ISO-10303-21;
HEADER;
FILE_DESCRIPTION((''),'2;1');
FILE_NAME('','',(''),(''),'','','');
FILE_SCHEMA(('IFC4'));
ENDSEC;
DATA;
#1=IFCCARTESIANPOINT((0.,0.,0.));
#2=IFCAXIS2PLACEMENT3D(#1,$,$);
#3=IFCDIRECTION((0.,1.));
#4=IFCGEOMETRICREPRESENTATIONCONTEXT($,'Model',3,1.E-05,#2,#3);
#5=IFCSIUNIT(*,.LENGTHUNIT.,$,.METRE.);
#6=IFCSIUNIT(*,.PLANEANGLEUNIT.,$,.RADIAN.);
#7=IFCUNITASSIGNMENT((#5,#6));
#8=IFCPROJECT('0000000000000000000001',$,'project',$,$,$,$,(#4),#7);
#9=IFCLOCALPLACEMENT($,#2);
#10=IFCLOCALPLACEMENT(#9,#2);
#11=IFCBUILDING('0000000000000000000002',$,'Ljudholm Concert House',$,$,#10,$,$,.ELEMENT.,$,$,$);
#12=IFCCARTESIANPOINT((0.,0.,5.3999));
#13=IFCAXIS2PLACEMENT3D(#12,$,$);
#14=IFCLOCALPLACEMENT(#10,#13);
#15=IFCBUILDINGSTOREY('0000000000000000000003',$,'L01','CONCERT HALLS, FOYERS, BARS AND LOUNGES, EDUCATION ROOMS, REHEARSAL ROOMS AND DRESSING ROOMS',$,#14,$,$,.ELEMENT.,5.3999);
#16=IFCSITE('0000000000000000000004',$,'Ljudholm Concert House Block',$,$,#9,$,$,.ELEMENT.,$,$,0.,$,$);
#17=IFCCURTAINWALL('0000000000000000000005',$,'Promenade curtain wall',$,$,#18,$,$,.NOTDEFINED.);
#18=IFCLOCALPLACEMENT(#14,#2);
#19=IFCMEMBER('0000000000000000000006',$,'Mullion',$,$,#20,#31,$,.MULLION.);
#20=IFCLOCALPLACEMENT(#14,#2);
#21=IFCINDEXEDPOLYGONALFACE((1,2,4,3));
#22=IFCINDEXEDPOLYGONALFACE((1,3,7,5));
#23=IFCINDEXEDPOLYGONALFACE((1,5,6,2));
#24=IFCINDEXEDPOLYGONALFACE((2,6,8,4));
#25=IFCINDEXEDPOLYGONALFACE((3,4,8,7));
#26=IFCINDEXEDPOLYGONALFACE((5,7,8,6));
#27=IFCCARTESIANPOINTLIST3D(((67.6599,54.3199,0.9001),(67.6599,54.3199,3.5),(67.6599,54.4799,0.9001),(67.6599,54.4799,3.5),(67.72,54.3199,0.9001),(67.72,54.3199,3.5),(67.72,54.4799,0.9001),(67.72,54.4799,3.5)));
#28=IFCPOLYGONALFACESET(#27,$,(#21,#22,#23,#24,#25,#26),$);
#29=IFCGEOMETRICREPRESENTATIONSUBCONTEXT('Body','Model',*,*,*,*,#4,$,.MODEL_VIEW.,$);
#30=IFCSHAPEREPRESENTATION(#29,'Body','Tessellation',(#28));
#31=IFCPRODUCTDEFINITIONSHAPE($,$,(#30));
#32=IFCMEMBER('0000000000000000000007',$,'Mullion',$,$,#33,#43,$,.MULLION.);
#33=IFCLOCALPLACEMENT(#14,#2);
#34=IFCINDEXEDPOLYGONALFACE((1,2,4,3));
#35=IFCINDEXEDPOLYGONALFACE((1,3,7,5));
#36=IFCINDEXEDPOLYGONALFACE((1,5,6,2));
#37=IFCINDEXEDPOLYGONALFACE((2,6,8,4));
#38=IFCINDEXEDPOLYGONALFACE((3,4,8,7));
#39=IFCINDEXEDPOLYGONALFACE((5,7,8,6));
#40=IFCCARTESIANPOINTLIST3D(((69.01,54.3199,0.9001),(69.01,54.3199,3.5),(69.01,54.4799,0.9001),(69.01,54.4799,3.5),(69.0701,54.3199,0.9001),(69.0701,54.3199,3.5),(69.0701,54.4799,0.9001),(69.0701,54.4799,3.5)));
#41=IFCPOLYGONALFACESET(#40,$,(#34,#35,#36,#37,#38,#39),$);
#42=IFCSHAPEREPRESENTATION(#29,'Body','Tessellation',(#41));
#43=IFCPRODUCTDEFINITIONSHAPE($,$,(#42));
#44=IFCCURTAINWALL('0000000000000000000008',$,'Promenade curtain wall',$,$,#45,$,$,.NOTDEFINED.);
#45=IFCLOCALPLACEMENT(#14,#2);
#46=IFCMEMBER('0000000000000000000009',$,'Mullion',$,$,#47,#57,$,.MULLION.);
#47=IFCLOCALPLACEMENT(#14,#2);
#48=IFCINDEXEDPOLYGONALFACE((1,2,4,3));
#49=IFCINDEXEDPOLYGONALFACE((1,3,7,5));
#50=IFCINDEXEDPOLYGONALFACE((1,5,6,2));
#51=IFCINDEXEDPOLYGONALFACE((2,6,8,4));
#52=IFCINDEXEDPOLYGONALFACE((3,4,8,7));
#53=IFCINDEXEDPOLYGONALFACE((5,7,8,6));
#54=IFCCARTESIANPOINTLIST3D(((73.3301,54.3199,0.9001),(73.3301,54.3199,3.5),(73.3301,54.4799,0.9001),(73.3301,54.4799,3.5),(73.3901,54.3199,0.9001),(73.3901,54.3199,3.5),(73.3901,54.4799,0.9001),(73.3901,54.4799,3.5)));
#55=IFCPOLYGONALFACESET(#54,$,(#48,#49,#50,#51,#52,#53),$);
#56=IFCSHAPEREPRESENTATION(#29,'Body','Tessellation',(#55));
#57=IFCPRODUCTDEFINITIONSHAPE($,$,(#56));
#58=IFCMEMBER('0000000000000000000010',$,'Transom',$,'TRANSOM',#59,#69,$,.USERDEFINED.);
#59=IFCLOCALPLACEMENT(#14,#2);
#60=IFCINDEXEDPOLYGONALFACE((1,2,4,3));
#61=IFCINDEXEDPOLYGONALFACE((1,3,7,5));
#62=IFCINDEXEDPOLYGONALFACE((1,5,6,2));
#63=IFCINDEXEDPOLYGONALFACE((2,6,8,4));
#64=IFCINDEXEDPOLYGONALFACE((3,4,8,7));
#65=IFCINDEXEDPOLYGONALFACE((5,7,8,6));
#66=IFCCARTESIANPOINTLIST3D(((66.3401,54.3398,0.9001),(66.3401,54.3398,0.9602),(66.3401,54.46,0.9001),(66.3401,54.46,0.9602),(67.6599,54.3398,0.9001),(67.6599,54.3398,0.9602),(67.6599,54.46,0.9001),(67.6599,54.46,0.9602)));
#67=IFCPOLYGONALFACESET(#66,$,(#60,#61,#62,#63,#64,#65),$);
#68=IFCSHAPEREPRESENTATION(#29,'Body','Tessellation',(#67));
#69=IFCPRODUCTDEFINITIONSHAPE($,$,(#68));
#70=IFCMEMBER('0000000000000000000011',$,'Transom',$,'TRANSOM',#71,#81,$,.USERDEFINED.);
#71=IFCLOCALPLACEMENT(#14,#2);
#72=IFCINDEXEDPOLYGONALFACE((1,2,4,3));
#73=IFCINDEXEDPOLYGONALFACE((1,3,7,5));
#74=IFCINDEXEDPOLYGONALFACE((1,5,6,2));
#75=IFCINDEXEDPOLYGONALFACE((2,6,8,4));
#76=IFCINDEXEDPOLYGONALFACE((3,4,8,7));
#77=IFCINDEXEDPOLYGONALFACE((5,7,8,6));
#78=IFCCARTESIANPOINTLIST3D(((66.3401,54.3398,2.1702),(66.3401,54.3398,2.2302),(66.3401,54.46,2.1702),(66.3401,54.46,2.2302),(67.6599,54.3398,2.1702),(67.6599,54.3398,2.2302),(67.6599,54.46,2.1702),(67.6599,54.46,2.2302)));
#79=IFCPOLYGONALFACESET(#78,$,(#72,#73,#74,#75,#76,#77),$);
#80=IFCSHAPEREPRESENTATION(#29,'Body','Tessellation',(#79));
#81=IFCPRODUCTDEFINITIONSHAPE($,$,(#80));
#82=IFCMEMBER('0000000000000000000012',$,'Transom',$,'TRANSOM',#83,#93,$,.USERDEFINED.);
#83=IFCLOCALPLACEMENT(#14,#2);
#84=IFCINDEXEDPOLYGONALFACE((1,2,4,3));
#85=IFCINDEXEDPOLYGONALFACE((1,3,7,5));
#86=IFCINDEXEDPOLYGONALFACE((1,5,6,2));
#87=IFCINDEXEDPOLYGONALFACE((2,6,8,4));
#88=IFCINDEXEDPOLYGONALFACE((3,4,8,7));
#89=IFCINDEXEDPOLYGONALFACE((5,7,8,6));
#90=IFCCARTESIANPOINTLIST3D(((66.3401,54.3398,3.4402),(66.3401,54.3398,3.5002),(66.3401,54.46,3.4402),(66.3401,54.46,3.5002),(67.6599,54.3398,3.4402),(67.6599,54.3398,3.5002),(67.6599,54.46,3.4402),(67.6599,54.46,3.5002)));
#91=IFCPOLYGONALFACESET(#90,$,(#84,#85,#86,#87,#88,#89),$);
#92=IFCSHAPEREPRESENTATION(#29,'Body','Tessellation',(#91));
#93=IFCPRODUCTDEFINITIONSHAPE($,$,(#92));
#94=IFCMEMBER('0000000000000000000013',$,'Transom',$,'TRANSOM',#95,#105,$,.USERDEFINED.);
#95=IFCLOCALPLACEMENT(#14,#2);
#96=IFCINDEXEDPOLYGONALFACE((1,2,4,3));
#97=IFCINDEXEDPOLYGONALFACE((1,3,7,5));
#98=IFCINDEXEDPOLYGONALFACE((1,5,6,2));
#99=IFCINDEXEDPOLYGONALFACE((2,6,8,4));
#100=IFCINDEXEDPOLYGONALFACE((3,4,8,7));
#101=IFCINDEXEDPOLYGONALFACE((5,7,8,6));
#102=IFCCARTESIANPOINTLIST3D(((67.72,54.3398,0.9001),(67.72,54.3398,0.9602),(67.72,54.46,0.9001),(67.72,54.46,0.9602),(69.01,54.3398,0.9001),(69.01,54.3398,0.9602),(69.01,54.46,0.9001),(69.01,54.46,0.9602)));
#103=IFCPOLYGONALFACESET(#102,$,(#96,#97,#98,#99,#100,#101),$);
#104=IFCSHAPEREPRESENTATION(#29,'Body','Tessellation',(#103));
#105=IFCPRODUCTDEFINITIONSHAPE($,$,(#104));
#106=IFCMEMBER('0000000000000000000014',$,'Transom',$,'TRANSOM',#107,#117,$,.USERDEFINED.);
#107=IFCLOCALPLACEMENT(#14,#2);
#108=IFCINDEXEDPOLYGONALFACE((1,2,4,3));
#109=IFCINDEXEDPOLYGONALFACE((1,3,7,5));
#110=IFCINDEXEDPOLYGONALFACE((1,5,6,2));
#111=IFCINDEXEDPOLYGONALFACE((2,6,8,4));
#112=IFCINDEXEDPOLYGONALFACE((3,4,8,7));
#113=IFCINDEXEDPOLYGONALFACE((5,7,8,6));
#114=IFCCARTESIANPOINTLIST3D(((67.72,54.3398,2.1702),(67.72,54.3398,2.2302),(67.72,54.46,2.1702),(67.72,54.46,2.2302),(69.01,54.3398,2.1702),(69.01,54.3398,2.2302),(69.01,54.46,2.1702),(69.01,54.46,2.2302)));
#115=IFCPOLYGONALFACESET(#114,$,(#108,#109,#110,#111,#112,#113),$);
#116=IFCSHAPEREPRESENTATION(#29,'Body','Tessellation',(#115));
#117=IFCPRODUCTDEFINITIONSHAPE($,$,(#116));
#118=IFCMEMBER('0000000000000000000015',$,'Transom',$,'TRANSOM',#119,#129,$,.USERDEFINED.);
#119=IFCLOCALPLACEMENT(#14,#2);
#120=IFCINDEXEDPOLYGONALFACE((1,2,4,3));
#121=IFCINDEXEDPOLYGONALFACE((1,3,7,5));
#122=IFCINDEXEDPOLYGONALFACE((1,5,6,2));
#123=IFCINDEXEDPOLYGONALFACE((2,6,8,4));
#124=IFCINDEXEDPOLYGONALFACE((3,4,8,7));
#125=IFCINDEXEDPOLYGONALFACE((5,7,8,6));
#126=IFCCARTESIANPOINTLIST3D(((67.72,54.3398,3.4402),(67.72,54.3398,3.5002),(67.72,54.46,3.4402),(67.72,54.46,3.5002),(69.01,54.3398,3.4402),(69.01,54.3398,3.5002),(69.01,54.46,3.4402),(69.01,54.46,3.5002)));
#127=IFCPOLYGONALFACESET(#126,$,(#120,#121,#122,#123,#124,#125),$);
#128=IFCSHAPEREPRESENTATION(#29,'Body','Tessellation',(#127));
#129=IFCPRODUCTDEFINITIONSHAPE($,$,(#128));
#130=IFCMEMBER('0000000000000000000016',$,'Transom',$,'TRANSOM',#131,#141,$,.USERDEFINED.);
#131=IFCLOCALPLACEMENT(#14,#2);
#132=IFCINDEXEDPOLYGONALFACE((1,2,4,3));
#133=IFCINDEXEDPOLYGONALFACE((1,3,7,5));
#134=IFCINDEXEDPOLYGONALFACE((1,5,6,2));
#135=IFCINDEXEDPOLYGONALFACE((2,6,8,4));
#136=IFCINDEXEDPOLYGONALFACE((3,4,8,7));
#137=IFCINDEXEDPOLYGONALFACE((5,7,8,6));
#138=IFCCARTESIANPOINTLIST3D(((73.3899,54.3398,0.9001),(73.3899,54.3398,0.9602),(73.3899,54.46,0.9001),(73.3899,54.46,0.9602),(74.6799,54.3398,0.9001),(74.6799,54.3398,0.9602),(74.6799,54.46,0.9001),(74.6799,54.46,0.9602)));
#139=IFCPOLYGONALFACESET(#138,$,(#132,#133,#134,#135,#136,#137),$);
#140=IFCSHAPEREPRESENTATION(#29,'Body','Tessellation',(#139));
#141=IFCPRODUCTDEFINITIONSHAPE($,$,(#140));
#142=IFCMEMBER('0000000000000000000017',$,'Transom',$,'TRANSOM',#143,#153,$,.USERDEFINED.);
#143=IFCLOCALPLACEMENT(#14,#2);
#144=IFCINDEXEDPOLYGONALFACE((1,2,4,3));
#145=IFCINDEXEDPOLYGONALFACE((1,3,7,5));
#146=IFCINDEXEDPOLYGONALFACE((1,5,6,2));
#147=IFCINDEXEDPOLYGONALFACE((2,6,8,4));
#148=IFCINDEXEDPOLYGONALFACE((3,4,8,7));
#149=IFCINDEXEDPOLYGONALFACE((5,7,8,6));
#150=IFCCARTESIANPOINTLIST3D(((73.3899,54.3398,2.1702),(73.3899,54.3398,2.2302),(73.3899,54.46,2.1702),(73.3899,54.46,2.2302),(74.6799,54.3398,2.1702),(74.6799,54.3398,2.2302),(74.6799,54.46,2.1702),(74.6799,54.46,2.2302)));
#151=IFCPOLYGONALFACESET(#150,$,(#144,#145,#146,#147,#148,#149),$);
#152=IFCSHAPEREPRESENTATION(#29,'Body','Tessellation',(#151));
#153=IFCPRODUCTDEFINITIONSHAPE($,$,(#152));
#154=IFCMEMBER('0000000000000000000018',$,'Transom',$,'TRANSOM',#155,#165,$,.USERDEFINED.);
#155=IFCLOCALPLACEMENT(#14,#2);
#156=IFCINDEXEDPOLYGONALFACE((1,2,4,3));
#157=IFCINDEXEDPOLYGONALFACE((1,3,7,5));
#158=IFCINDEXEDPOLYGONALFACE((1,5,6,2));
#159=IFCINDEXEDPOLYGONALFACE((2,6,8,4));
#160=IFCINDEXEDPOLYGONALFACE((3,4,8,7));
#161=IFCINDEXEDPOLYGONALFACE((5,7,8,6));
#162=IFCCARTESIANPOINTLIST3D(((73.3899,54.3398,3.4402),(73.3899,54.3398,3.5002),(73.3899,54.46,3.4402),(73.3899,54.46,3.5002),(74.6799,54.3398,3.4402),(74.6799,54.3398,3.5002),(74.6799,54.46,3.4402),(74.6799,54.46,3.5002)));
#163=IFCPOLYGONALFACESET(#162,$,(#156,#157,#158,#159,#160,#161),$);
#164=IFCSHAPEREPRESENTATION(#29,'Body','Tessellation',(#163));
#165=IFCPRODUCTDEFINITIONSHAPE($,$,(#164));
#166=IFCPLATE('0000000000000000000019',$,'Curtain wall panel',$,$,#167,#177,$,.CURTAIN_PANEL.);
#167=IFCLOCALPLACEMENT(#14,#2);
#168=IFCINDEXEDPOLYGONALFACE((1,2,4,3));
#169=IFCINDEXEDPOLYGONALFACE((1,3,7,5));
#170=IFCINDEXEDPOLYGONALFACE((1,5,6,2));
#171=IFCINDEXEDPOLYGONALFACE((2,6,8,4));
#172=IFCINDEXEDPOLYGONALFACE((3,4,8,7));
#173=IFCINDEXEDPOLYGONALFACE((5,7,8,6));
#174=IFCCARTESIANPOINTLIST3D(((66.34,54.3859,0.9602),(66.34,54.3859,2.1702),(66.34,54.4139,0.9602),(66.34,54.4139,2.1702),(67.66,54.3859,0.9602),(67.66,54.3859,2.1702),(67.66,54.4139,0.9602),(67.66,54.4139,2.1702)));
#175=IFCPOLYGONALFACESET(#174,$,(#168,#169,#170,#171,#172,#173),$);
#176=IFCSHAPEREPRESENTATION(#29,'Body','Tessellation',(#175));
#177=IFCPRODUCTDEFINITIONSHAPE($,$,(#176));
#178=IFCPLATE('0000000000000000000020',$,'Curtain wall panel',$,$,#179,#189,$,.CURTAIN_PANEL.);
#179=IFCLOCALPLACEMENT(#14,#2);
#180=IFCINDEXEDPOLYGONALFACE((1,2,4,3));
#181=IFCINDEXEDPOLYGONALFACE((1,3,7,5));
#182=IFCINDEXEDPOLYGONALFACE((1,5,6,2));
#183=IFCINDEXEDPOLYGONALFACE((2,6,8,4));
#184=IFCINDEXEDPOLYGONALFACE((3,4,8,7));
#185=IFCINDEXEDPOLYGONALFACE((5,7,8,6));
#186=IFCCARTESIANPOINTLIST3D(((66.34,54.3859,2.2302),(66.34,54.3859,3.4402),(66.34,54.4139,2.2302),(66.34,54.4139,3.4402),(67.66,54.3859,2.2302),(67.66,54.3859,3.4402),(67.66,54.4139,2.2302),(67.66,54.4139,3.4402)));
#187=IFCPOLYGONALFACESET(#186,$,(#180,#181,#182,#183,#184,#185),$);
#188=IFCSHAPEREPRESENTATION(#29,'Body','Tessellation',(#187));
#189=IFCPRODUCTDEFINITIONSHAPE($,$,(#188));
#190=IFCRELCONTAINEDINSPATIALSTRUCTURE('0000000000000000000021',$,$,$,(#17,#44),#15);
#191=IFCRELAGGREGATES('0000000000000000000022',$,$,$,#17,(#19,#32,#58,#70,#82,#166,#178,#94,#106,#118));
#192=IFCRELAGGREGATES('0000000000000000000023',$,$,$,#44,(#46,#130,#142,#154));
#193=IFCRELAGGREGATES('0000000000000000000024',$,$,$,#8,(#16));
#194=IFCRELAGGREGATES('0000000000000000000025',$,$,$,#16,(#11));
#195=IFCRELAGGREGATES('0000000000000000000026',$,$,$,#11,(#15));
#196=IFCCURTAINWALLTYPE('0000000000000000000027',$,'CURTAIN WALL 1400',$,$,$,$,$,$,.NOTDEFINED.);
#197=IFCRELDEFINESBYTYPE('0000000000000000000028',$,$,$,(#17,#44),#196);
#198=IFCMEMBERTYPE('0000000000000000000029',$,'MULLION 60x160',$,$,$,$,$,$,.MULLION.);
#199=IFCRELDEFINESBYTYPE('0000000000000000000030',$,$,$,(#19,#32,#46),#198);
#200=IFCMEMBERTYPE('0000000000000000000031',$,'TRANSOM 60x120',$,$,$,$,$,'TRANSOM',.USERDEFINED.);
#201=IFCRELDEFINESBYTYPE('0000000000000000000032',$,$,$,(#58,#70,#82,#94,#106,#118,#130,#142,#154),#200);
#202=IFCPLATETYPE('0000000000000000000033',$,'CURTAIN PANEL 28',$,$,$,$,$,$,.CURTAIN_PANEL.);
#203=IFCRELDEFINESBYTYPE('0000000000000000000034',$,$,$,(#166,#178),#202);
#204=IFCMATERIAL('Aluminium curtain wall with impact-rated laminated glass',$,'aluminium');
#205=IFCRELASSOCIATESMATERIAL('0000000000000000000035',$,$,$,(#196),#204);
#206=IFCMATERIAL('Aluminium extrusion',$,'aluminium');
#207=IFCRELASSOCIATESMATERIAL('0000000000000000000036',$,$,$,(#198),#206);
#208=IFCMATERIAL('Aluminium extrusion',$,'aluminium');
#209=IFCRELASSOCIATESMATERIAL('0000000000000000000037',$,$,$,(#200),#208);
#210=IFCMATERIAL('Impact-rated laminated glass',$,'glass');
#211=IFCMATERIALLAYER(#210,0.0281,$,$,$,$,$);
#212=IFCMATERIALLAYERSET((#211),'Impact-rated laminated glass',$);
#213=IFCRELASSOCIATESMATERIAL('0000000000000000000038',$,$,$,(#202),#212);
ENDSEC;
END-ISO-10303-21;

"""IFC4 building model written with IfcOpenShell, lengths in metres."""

from ifc_helpers import new_model, si_unit, direction, frame, origin, origin_2d, place, context, subcontext, project, spatial, rectangle, extrude, material, layer, layer_set, material_profile, profile_set, type_object, element, aggregate, save


model = new_model("IFC4")

# Units and contexts
model_context = context("Model", 3, precision=1e-05, world=origin(), true_north=direction((0.0, 1.0)))
body_context = subcontext(model_context, "Body", "Model", "MODEL_VIEW")
ifc_project = project(units=[si_unit("LENGTHUNIT", "METRE"), si_unit("PLANEANGLEUNIT", "RADIAN")], contexts=[model_context])

# Site, building, storey
site_placement = place(None, origin())
site = spatial("IfcSite", under=ifc_project, at=site_placement, Name="Ljudholm Concert House Block", CompositionType="ELEMENT", RefElevation=0.0)
building_placement = place(site_placement, origin())
building = spatial("IfcBuilding", under=site, at=building_placement, Name="Ljudholm Concert House", CompositionType="ELEMENT")
storey_placement = place(building_placement, frame((0.0, 0.0, 5.3999)))
storey = spatial("IfcBuildingStorey", under=building, at=storey_placement, Name="L01", Description="CONCERT HALLS, FOYERS, BARS AND LOUNGES, EDUCATION ROOMS, REHEARSAL ROOMS AND DRESSING ROOMS", CompositionType="ELEMENT", Elevation=5.3999)

# Curtain wall, members
ifc_material_1 = material(Name="Aluminium curtain wall with impact-rated laminated glass", Category="aluminium")
curtain_wall_type = type_object("IfcCurtainWallType", Name="CURTAIN WALL 1400", PredefinedType="NOTDEFINED", material=ifc_material_1)
curtain_wall_1_placement = place(storey_placement, origin())
curtain_wall_1 = element("IfcCurtainWall", 1, at=curtain_wall_1_placement, inside=storey, type_object=curtain_wall_type, Name="Promenade curtain wall", PredefinedType="NOTDEFINED")
ifc_material_2 = material(Name="Aluminium extrusion", Category="aluminium")
ifc_material_profile_1 = material_profile(ifc_material_2, rectangle(XDim=0.1599, YDim=0.0601, at=origin_2d()), Name="MULLION 60x160")
ifc_profile_set_1 = profile_set([ifc_material_profile_1], Name="Aluminium extrusion")
member_type_1 = type_object("IfcMemberType", Name="MULLION 60x160", PredefinedType="MULLION", material=ifc_profile_set_1)
member_1_placement = place(storey_placement, frame((67.6899, 54.3999, 0.9001), z_axis=(0.0, 0.0, 1.0), x_axis=(0.0, 1.0, 0.0)))
member_1 = element("IfcMember", 2, at=member_1_placement, type_object=member_type_1, Name="Mullion", PredefinedType="MULLION", context=body_context, shape_type="SweptSolid", body=[
    extrude(rectangle(XDim=0.1599, YDim=0.0601, at=origin_2d()), origin(), (0.0, 0.0, 1.0), 2.5999),
])
member_2_placement = place(storey_placement, frame((69.04, 54.3999, 0.9001), z_axis=(0.0, 0.0, 1.0), x_axis=(0.0, 1.0, 0.0)))
member_2 = element("IfcMember", 3, at=member_2_placement, type_object=member_type_1, Name="Mullion", PredefinedType="MULLION", context=body_context, shape_type="SweptSolid", body=[
    extrude(rectangle(XDim=0.1599, YDim=0.0601, at=origin_2d()), origin(), (0.0, 0.0, 1.0), 2.5999),
])

# Curtain wall, member
curtain_wall_2_placement = place(storey_placement, origin())
curtain_wall_2 = element("IfcCurtainWall", 4, at=curtain_wall_2_placement, inside=storey, type_object=curtain_wall_type, Name="Promenade curtain wall", PredefinedType="NOTDEFINED")
member_3_placement = place(storey_placement, frame((73.3601, 54.3999, 0.9001), z_axis=(0.0, 0.0, 1.0), x_axis=(0.0, 1.0, 0.0)))
member_3 = element("IfcMember", 5, at=member_3_placement, type_object=member_type_1, Name="Mullion", PredefinedType="MULLION", context=body_context, shape_type="SweptSolid", body=[
    extrude(rectangle(XDim=0.1599, YDim=0.0601, at=origin_2d()), origin(), (0.0, 0.0, 1.0), 2.5999),
])

# Members
ifc_material_3 = material(Name="Aluminium extrusion", Category="aluminium")
ifc_material_profile_2 = material_profile(ifc_material_3, rectangle(XDim=0.1201, YDim=0.0601, at=origin_2d()), Name="TRANSOM 60x120")
ifc_profile_set_2 = profile_set([ifc_material_profile_2], Name="Aluminium extrusion")
member_type_2 = type_object("IfcMemberType", Name="TRANSOM 60x120", ElementType="TRANSOM", PredefinedType="USERDEFINED", material=ifc_profile_set_2)
member_4_placement = place(storey_placement, frame((66.3401, 54.3999, 0.9302), z_axis=(1.0, 0.0, 0.0), x_axis=(0.0, 1.0, 0.0)))
member_4 = element("IfcMember", 6, at=member_4_placement, type_object=member_type_2, Name="Transom", ObjectType="TRANSOM", PredefinedType="USERDEFINED", context=body_context, shape_type="SweptSolid", body=[
    extrude(rectangle(XDim=0.1201, YDim=0.0601, at=origin_2d()), origin(), (0.0, 0.0, 1.0), 1.3198),
])
member_5_placement = place(storey_placement, frame((66.3401, 54.3999, 2.2002), z_axis=(1.0, 0.0, 0.0), x_axis=(0.0, 1.0, 0.0)))
member_5 = element("IfcMember", 7, at=member_5_placement, type_object=member_type_2, Name="Transom", ObjectType="TRANSOM", PredefinedType="USERDEFINED", context=body_context, shape_type="SweptSolid", body=[
    extrude(rectangle(XDim=0.1201, YDim=0.0601, at=origin_2d()), origin(), (0.0, 0.0, 1.0), 1.3198),
])
member_6_placement = place(storey_placement, frame((66.3401, 54.3999, 3.4702), z_axis=(1.0, 0.0, 0.0), x_axis=(0.0, 1.0, 0.0)))
member_6 = element("IfcMember", 8, at=member_6_placement, type_object=member_type_2, Name="Transom", ObjectType="TRANSOM", PredefinedType="USERDEFINED", context=body_context, shape_type="SweptSolid", body=[
    extrude(rectangle(XDim=0.1201, YDim=0.0601, at=origin_2d()), origin(), (0.0, 0.0, 1.0), 1.3198),
])
member_7_placement = place(storey_placement, frame((67.72, 54.3999, 0.9302), z_axis=(1.0, 0.0, 0.0), x_axis=(0.0, 1.0, 0.0)))
member_7 = element("IfcMember", 9, at=member_7_placement, type_object=member_type_2, Name="Transom", ObjectType="TRANSOM", PredefinedType="USERDEFINED", context=body_context, shape_type="SweptSolid", body=[
    extrude(rectangle(XDim=0.1201, YDim=0.0601, at=origin_2d()), origin(), (0.0, 0.0, 1.0), 1.29),
])
member_8_placement = place(storey_placement, frame((67.72, 54.3999, 2.2002), z_axis=(1.0, 0.0, 0.0), x_axis=(0.0, 1.0, 0.0)))
member_8 = element("IfcMember", 10, at=member_8_placement, type_object=member_type_2, Name="Transom", ObjectType="TRANSOM", PredefinedType="USERDEFINED", context=body_context, shape_type="SweptSolid", body=[
    extrude(rectangle(XDim=0.1201, YDim=0.0601, at=origin_2d()), origin(), (0.0, 0.0, 1.0), 1.29),
])
member_9_placement = place(storey_placement, frame((67.72, 54.3999, 3.4702), z_axis=(1.0, 0.0, 0.0), x_axis=(0.0, 1.0, 0.0)))
member_9 = element("IfcMember", 11, at=member_9_placement, type_object=member_type_2, Name="Transom", ObjectType="TRANSOM", PredefinedType="USERDEFINED", context=body_context, shape_type="SweptSolid", body=[
    extrude(rectangle(XDim=0.1201, YDim=0.0601, at=origin_2d()), origin(), (0.0, 0.0, 1.0), 1.29),
])
member_10_placement = place(storey_placement, frame((73.3899, 54.3999, 0.9302), z_axis=(1.0, 0.0, 0.0), x_axis=(0.0, 1.0, 0.0)))
member_10 = element("IfcMember", 12, at=member_10_placement, type_object=member_type_2, Name="Transom", ObjectType="TRANSOM", PredefinedType="USERDEFINED", context=body_context, shape_type="SweptSolid", body=[
    extrude(rectangle(XDim=0.1201, YDim=0.0601, at=origin_2d()), origin(), (0.0, 0.0, 1.0), 1.29),
])
member_11_placement = place(storey_placement, frame((73.3899, 54.3999, 2.2002), z_axis=(1.0, 0.0, 0.0), x_axis=(0.0, 1.0, 0.0)))
member_11 = element("IfcMember", 13, at=member_11_placement, type_object=member_type_2, Name="Transom", ObjectType="TRANSOM", PredefinedType="USERDEFINED", context=body_context, shape_type="SweptSolid", body=[
    extrude(rectangle(XDim=0.1201, YDim=0.0601, at=origin_2d()), origin(), (0.0, 0.0, 1.0), 1.29),
])
member_12_placement = place(storey_placement, frame((73.3899, 54.3999, 3.4702), z_axis=(1.0, 0.0, 0.0), x_axis=(0.0, 1.0, 0.0)))
member_12 = element("IfcMember", 14, at=member_12_placement, type_object=member_type_2, Name="Transom", ObjectType="TRANSOM", PredefinedType="USERDEFINED", context=body_context, shape_type="SweptSolid", body=[
    extrude(rectangle(XDim=0.1201, YDim=0.0601, at=origin_2d()), origin(), (0.0, 0.0, 1.0), 1.29),
])

# Plates
ifc_material_4 = material(Name="Impact-rated laminated glass", Category="glass")
ifc_layer_1 = layer(ifc_material_4, 0.0281)
ifc_layer_set_1 = layer_set([ifc_layer_1], Name="Impact-rated laminated glass")
plate_type = type_object("IfcPlateType", Name="CURTAIN PANEL 28", PredefinedType="CURTAIN_PANEL", material=ifc_layer_set_1)
plate_1_placement = place(storey_placement, frame((67.0, 54.3999, 0.9602), z_axis=(0.0, 0.0, 1.0), x_axis=(1.0, 0.0, 0.0)))
plate_1 = element("IfcPlate", 15, at=plate_1_placement, type_object=plate_type, Name="Curtain wall panel", PredefinedType="CURTAIN_PANEL", context=body_context, shape_type="SweptSolid", body=[
    extrude(rectangle(XDim=1.3201, YDim=0.0281, at=origin_2d()), origin(), (0.0, 0.0, 1.0), 1.21),
])
plate_2_placement = place(storey_placement, frame((67.0, 54.3999, 2.2302), z_axis=(0.0, 0.0, 1.0), x_axis=(1.0, 0.0, 0.0)))
plate_2 = element("IfcPlate", 16, at=plate_2_placement, type_object=plate_type, Name="Curtain wall panel", PredefinedType="CURTAIN_PANEL", context=body_context, shape_type="SweptSolid", body=[
    extrude(rectangle(XDim=1.3201, YDim=0.0281, at=origin_2d()), origin(), (0.0, 0.0, 1.0), 1.21),
])
aggregate(curtain_wall_1, [member_1, member_2, member_4, member_5, member_6, plate_1, plate_2, member_7, member_8, member_9])
aggregate(curtain_wall_2, [member_3, member_10, member_11, member_12])

save(model, "model.ifc")
